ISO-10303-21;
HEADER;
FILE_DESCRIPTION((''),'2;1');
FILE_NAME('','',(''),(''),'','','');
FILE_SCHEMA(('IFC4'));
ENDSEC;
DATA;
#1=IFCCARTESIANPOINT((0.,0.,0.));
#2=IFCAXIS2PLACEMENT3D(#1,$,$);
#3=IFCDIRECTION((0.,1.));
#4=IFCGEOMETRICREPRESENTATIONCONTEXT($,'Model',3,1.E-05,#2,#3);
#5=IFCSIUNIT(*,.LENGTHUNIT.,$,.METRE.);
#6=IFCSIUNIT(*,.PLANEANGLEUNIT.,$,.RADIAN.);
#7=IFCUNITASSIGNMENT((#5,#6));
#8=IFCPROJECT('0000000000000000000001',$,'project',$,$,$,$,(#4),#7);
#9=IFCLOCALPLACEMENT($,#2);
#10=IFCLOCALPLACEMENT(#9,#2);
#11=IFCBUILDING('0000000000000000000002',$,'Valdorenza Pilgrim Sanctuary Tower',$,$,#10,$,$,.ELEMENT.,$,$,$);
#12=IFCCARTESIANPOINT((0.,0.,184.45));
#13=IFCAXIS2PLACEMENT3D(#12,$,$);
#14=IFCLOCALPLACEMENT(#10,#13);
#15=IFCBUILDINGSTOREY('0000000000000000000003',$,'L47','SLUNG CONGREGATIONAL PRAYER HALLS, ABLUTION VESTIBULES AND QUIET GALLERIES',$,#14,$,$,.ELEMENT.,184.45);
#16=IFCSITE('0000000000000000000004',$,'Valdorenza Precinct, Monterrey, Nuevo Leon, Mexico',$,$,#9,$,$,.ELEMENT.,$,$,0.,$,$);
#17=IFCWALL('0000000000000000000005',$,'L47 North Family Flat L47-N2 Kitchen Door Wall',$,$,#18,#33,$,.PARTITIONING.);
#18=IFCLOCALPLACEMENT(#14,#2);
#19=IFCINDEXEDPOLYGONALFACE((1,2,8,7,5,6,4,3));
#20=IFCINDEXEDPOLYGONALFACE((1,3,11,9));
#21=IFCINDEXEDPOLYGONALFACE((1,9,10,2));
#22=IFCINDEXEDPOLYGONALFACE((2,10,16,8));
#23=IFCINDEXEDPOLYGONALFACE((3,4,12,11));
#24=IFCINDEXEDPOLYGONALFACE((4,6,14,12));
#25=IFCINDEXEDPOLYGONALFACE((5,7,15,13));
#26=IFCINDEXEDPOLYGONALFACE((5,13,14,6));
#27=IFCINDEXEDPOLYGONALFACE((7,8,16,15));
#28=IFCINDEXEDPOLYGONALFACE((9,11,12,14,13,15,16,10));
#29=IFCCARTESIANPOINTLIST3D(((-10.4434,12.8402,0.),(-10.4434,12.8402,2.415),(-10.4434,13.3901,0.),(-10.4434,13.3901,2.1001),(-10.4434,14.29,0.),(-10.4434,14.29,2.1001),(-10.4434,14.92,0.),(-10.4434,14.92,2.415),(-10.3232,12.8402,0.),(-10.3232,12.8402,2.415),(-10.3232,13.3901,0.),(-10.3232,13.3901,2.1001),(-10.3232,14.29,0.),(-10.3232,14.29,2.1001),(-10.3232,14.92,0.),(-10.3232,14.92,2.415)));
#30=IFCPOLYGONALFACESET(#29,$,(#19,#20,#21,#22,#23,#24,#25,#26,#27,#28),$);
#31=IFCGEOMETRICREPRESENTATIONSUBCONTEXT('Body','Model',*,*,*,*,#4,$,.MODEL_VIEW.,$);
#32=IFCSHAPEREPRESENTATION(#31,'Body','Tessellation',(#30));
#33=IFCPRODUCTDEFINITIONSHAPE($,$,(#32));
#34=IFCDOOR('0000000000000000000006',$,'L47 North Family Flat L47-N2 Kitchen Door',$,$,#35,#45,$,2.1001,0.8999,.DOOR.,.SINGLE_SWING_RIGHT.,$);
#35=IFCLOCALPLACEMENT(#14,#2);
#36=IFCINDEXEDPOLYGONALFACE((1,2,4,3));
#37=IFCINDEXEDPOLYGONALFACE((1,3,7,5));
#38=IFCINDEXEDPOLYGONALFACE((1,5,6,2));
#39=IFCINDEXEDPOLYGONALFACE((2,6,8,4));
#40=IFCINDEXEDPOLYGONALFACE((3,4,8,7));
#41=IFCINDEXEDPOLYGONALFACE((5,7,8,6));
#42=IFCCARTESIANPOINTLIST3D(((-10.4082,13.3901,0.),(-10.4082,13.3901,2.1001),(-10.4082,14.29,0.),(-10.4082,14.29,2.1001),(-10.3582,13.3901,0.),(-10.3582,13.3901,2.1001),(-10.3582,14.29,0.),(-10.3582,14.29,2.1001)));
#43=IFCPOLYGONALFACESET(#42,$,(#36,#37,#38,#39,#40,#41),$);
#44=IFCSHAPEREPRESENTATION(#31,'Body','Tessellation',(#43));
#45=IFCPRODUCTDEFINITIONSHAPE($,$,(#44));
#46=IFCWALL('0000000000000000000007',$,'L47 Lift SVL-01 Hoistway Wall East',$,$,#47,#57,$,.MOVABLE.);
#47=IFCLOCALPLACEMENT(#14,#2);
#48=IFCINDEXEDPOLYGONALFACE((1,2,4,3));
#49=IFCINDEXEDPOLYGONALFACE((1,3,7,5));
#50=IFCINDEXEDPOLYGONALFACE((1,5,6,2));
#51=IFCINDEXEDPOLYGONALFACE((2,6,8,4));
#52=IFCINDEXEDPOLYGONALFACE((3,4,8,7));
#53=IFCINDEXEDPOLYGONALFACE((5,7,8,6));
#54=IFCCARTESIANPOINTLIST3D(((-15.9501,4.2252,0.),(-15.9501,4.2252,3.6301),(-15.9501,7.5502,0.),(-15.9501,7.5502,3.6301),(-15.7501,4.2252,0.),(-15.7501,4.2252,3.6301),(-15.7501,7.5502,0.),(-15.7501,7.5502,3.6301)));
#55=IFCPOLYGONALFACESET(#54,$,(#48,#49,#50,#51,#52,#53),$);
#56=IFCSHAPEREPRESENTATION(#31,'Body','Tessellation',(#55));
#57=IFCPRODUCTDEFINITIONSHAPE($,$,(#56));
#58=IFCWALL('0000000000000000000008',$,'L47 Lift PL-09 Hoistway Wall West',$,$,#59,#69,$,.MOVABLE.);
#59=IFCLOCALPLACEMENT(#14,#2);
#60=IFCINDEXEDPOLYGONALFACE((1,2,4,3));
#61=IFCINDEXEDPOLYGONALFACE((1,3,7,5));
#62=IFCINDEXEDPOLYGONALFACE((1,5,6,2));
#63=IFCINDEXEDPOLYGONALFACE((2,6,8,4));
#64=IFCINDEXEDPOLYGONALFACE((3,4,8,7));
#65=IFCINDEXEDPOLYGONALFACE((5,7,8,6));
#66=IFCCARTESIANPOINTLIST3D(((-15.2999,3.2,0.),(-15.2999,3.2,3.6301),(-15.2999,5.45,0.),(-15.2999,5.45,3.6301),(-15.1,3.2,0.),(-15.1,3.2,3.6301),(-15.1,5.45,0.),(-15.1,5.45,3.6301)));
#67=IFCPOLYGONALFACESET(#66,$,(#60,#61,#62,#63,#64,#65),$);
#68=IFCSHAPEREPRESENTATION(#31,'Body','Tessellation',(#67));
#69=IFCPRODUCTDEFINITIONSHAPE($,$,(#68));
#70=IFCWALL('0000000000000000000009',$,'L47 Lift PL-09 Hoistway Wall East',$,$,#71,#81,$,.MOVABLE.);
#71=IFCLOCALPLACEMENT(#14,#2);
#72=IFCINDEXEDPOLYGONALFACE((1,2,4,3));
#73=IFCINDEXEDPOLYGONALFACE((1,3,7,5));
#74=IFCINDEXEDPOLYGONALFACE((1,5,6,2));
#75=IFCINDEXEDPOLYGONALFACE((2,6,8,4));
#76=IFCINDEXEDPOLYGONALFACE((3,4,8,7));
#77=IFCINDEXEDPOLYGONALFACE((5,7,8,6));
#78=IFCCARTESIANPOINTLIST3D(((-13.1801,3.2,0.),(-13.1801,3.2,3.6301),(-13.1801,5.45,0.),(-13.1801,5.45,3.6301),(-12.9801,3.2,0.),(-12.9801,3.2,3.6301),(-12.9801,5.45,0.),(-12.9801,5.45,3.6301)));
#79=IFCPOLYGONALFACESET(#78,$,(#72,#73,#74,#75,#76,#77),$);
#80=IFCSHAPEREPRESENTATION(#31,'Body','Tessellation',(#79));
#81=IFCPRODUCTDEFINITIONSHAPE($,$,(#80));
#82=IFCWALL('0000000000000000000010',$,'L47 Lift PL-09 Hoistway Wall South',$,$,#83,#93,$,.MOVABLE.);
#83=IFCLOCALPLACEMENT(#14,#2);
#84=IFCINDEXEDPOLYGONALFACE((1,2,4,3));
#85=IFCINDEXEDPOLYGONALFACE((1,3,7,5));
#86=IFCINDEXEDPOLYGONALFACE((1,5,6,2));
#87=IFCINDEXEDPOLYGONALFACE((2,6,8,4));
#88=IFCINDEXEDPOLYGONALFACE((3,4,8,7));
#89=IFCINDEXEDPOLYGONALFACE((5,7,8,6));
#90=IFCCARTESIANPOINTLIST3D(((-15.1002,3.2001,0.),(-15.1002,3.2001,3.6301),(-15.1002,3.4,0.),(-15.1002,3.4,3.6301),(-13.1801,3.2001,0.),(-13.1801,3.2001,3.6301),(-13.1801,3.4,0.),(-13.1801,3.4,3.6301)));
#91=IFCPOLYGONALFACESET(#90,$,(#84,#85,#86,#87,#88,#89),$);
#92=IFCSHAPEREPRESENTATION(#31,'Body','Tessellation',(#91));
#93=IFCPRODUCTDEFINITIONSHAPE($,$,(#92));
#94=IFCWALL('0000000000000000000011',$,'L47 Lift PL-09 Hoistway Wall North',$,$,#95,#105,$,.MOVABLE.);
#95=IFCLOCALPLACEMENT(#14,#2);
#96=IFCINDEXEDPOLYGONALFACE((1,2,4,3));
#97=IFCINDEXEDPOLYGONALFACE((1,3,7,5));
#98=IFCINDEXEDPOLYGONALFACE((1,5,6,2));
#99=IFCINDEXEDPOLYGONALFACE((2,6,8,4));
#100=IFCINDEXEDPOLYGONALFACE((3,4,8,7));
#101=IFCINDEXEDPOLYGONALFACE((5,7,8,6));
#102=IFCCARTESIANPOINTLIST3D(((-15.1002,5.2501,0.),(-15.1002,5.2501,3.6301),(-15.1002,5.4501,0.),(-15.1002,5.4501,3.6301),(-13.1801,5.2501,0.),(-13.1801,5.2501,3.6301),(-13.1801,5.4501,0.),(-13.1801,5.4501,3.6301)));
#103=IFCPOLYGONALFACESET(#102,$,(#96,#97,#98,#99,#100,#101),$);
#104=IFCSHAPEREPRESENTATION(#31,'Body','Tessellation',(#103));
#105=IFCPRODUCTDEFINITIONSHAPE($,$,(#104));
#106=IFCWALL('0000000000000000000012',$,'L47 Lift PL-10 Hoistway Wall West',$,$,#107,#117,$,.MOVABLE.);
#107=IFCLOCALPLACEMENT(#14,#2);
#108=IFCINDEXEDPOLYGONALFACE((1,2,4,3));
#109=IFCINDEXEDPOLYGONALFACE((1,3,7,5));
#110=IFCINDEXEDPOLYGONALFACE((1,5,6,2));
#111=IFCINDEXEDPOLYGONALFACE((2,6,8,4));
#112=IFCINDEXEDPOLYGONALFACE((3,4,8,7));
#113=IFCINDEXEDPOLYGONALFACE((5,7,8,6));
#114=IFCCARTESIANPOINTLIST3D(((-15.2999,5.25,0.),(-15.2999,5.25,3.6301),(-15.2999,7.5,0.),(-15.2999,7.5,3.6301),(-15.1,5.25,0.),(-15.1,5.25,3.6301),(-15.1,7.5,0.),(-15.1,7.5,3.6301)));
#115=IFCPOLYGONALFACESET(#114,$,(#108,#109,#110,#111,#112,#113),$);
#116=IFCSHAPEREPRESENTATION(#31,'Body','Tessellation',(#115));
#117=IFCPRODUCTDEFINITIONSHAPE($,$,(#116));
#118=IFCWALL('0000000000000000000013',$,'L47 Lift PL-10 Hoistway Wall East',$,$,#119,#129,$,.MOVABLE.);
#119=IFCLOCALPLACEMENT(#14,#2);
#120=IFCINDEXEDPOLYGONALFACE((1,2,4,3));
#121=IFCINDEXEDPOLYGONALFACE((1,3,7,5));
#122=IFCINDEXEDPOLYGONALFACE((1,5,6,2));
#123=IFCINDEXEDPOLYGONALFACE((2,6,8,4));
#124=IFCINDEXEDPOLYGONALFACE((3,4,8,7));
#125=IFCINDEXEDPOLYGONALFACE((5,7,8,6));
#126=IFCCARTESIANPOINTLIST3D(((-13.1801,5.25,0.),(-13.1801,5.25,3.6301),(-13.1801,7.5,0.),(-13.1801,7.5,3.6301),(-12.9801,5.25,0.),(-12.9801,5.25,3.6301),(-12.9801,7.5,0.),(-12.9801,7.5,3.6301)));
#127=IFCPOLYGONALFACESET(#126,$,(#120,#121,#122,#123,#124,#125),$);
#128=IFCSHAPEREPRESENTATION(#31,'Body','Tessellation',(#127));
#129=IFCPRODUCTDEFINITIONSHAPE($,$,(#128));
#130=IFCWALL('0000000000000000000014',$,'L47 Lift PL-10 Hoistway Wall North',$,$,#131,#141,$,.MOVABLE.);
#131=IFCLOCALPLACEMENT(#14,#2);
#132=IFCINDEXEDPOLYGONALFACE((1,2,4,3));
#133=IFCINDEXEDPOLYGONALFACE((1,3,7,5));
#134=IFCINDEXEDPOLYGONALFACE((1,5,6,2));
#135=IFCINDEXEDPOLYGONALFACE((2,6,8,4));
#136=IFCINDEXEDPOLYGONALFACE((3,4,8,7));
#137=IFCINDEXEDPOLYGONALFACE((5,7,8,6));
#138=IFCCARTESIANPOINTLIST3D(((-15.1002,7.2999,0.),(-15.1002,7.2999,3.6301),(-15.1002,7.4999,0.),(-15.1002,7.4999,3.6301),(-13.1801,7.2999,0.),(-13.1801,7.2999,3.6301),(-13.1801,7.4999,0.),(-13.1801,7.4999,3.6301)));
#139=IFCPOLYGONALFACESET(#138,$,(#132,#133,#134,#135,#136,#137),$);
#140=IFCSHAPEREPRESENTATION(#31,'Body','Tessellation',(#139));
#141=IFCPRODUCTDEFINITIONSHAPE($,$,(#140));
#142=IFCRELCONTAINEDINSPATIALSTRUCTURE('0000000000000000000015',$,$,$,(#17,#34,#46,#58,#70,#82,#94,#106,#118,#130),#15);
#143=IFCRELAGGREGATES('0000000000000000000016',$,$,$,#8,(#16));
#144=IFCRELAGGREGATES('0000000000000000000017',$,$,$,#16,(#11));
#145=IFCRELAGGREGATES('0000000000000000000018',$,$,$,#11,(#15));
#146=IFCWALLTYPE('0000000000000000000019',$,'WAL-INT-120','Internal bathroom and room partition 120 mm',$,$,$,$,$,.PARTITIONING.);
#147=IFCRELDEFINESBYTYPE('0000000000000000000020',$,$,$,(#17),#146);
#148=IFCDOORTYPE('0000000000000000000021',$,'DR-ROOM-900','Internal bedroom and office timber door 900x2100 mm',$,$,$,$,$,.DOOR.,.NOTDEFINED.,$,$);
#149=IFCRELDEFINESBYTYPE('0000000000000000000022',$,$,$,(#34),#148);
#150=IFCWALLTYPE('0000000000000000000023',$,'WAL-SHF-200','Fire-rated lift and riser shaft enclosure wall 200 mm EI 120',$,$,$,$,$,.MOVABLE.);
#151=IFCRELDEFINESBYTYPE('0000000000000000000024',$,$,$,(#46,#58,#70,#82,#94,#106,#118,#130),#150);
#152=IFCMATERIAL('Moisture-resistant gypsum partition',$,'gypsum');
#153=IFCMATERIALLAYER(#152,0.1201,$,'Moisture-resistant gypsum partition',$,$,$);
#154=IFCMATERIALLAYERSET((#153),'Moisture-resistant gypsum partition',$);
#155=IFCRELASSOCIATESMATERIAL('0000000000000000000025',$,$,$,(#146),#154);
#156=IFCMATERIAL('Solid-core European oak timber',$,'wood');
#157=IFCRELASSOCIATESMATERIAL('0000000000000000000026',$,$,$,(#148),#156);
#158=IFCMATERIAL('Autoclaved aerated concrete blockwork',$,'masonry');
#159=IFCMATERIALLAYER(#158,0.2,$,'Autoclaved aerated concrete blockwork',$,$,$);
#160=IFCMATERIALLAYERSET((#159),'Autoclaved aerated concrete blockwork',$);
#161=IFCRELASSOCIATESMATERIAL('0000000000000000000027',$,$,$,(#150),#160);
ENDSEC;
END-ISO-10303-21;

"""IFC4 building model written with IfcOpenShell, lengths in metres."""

from ifc_helpers import new_model, si_unit, direction, frame, frame_2d, origin, place, context, subcontext, project, spatial, rectangle, extrude, material, layer, layer_set, type_object, element, fill, save


model = new_model("IFC4")

# Units and contexts
model_context = context("Model", 3, precision=1e-05, world=origin(), true_north=direction((0.0, 1.0)))
body_context = subcontext(model_context, "Body", "Model", "MODEL_VIEW")
ifc_project = project(units=[si_unit("LENGTHUNIT", "METRE"), si_unit("PLANEANGLEUNIT", "RADIAN")], contexts=[model_context])

# Site, building, storey
site_placement = place(None, origin())
site = spatial("IfcSite", under=ifc_project, at=site_placement, Name="Valdorenza Precinct, Monterrey, Nuevo Leon, Mexico", CompositionType="ELEMENT", RefElevation=0.0)
building_placement = place(site_placement, origin())
building = spatial("IfcBuilding", under=site, at=building_placement, Name="Valdorenza Pilgrim Sanctuary Tower", CompositionType="ELEMENT")
storey_placement = place(building_placement, frame((0.0, 0.0, 184.45)))
storey = spatial("IfcBuildingStorey", under=building, at=storey_placement, Name="L47", Description="SLUNG CONGREGATIONAL PRAYER HALLS, ABLUTION VESTIBULES AND QUIET GALLERIES", CompositionType="ELEMENT", Elevation=184.45)

# Wall, opening, door
ifc_material_1 = material(Name="Moisture-resistant gypsum partition", Category="gypsum")
ifc_layer_1 = layer(ifc_material_1, 0.1201, Name="Moisture-resistant gypsum partition")
ifc_layer_set_1 = layer_set([ifc_layer_1], Name="Moisture-resistant gypsum partition")
wall_type_1 = type_object("IfcWallType", Name="WAL-INT-120", Description="Internal bathroom and room partition 120 mm", PredefinedType="PARTITIONING", material=ifc_layer_set_1)
wall_1_placement = place(storey_placement, frame((-10.3833, 12.8401, 0.0), z_axis=(0.0, 0.0, 1.0), x_axis=(0.0, 1.0, 0.0)))
wall_1 = element("IfcWall", 1, at=wall_1_placement, inside=storey, type_object=wall_type_1, Name="L47 North Family Flat L47-N2 Kitchen Door Wall", PredefinedType="PARTITIONING", context=body_context, shape_type="SweptSolid", body=[
    extrude(rectangle(XDim=2.0798, YDim=0.1201, at=frame_2d((1.04, 0.0))), origin(), (0.0, 0.0, 1.0), 2.415),
])
opening_placement = place(wall_1_placement, frame((0.55, 0.0, 0.0)))
opening = element("IfcOpeningElement", 2, at=opening_placement, cuts=wall_1, PredefinedType="OPENING", context=body_context, shape_type="SweptSolid", body=[
    extrude(rectangle(XDim=0.8999, YDim=2.1001, at=frame_2d((0.45, 1.05))), frame((0.0, 0.075, 0.0), z_axis=(0.0, -1.0, 0.0), x_axis=(1.0, 0.0, 0.0)), (0.0, 0.0, 1.0), 0.1499),
])
ifc_material_2 = material(Name="Solid-core European oak timber", Category="wood")
door_type = type_object("IfcDoorType", Name="DR-ROOM-900", Description="Internal bedroom and office timber door 900x2100 mm", OperationType="NOTDEFINED", PredefinedType="DOOR", material=ifc_material_2)
door_placement = place(opening_placement, origin())
door = element("IfcDoor", 3, at=door_placement, inside=storey, type_object=door_type, Name="L47 North Family Flat L47-N2 Kitchen Door", OperationType="SINGLE_SWING_RIGHT", OverallHeight=2.1001, OverallWidth=0.8999, PredefinedType="DOOR", context=body_context, shape_type="SweptSolid", body=[
    extrude(rectangle(XDim=0.8999, YDim=2.1001, at=frame_2d((0.45, 1.05))), frame((0.0, 0.0249, 0.0), z_axis=(0.0, -1.0, 0.0), x_axis=(1.0, 0.0, 0.0)), (0.0, 0.0, 1.0), 0.05),
])
fill(opening, door)

# Walls
ifc_material_3 = material(Name="Autoclaved aerated concrete blockwork", Category="masonry")
ifc_layer_2 = layer(ifc_material_3, 0.2, Name="Autoclaved aerated concrete blockwork")
ifc_layer_set_2 = layer_set([ifc_layer_2], Name="Autoclaved aerated concrete blockwork")
wall_type_2 = type_object("IfcWallType", Name="WAL-SHF-200", Description="Fire-rated lift and riser shaft enclosure wall 200 mm EI 120", PredefinedType="MOVABLE", material=ifc_layer_set_2)
wall_2_placement = place(storey_placement, frame((-15.8501, 4.2251, 0.0), z_axis=(0.0, 0.0, 1.0), x_axis=(0.0, 1.0, 0.0)))
element("IfcWall", 4, at=wall_2_placement, inside=storey, type_object=wall_type_2, Name="L47 Lift SVL-01 Hoistway Wall East", PredefinedType="MOVABLE", context=body_context, shape_type="SweptSolid", body=[
    extrude(rectangle(XDim=3.325, YDim=0.2, at=frame_2d((1.6626, 0.0))), origin(), (0.0, 0.0, 1.0), 3.6301),
])
for number, where, z_axis, x_axis, name in (
    (5, (-15.2, 3.2, 0.0), (0.0, 0.0, 1.0), (0.0, 1.0, 0.0), "L47 Lift PL-09 Hoistway Wall West"),
    (6, (-13.0801, 3.2, 0.0), (0.0, 0.0, 1.0), (0.0, 1.0, 0.0), "L47 Lift PL-09 Hoistway Wall East"),
):
    element("IfcWall", number, at=place(storey_placement, frame(where, z_axis=z_axis, x_axis=x_axis)), inside=storey, type_object=wall_type_2, Name=name, PredefinedType="MOVABLE", context=body_context, shape_type="SweptSolid", body=[
        extrude(rectangle(XDim=2.25, YDim=0.2, at=frame_2d((1.125, 0.0))), origin(), (0.0, 0.0, 1.0), 3.6301),
    ])
for number, where, z_axis, x_axis, name in (
    (7, (-15.1001, 3.3, 0.0), (0.0, 0.0, 1.0), (1.0, 0.0, 0.0), "L47 Lift PL-09 Hoistway Wall South"),
    (8, (-15.1001, 5.3501, 0.0), (0.0, 0.0, 1.0), (1.0, 0.0, 0.0), "L47 Lift PL-09 Hoistway Wall North"),
):
    element("IfcWall", number, at=place(storey_placement, frame(where, z_axis=z_axis, x_axis=x_axis)), inside=storey, type_object=wall_type_2, Name=name, PredefinedType="MOVABLE", context=body_context, shape_type="SweptSolid", body=[
        extrude(rectangle(XDim=1.9202, YDim=0.2, at=frame_2d((0.96, 0.0))), origin(), (0.0, 0.0, 1.0), 3.6301),
    ])
for number, where, z_axis, x_axis, name in (
    (9, (-15.2, 5.25, 0.0), (0.0, 0.0, 1.0), (0.0, 1.0, 0.0), "L47 Lift PL-10 Hoistway Wall West"),
    (10, (-13.0801, 5.25, 0.0), (0.0, 0.0, 1.0), (0.0, 1.0, 0.0), "L47 Lift PL-10 Hoistway Wall East"),
):
    element("IfcWall", number, at=place(storey_placement, frame(where, z_axis=z_axis, x_axis=x_axis)), inside=storey, type_object=wall_type_2, Name=name, PredefinedType="MOVABLE", context=body_context, shape_type="SweptSolid", body=[
        extrude(rectangle(XDim=2.25, YDim=0.2, at=frame_2d((1.125, 0.0))), origin(), (0.0, 0.0, 1.0), 3.6301),
    ])
wall_3_placement = place(storey_placement, frame((-15.1001, 7.3999, 0.0), z_axis=(0.0, 0.0, 1.0), x_axis=(1.0, 0.0, 0.0)))
element("IfcWall", 11, at=wall_3_placement, inside=storey, type_object=wall_type_2, Name="L47 Lift PL-10 Hoistway Wall North", PredefinedType="MOVABLE", context=body_context, shape_type="SweptSolid", body=[
    extrude(rectangle(XDim=1.9202, YDim=0.2, at=frame_2d((0.96, 0.0))), origin(), (0.0, 0.0, 1.0), 3.6301),
])

save(model, "model.ifc")
